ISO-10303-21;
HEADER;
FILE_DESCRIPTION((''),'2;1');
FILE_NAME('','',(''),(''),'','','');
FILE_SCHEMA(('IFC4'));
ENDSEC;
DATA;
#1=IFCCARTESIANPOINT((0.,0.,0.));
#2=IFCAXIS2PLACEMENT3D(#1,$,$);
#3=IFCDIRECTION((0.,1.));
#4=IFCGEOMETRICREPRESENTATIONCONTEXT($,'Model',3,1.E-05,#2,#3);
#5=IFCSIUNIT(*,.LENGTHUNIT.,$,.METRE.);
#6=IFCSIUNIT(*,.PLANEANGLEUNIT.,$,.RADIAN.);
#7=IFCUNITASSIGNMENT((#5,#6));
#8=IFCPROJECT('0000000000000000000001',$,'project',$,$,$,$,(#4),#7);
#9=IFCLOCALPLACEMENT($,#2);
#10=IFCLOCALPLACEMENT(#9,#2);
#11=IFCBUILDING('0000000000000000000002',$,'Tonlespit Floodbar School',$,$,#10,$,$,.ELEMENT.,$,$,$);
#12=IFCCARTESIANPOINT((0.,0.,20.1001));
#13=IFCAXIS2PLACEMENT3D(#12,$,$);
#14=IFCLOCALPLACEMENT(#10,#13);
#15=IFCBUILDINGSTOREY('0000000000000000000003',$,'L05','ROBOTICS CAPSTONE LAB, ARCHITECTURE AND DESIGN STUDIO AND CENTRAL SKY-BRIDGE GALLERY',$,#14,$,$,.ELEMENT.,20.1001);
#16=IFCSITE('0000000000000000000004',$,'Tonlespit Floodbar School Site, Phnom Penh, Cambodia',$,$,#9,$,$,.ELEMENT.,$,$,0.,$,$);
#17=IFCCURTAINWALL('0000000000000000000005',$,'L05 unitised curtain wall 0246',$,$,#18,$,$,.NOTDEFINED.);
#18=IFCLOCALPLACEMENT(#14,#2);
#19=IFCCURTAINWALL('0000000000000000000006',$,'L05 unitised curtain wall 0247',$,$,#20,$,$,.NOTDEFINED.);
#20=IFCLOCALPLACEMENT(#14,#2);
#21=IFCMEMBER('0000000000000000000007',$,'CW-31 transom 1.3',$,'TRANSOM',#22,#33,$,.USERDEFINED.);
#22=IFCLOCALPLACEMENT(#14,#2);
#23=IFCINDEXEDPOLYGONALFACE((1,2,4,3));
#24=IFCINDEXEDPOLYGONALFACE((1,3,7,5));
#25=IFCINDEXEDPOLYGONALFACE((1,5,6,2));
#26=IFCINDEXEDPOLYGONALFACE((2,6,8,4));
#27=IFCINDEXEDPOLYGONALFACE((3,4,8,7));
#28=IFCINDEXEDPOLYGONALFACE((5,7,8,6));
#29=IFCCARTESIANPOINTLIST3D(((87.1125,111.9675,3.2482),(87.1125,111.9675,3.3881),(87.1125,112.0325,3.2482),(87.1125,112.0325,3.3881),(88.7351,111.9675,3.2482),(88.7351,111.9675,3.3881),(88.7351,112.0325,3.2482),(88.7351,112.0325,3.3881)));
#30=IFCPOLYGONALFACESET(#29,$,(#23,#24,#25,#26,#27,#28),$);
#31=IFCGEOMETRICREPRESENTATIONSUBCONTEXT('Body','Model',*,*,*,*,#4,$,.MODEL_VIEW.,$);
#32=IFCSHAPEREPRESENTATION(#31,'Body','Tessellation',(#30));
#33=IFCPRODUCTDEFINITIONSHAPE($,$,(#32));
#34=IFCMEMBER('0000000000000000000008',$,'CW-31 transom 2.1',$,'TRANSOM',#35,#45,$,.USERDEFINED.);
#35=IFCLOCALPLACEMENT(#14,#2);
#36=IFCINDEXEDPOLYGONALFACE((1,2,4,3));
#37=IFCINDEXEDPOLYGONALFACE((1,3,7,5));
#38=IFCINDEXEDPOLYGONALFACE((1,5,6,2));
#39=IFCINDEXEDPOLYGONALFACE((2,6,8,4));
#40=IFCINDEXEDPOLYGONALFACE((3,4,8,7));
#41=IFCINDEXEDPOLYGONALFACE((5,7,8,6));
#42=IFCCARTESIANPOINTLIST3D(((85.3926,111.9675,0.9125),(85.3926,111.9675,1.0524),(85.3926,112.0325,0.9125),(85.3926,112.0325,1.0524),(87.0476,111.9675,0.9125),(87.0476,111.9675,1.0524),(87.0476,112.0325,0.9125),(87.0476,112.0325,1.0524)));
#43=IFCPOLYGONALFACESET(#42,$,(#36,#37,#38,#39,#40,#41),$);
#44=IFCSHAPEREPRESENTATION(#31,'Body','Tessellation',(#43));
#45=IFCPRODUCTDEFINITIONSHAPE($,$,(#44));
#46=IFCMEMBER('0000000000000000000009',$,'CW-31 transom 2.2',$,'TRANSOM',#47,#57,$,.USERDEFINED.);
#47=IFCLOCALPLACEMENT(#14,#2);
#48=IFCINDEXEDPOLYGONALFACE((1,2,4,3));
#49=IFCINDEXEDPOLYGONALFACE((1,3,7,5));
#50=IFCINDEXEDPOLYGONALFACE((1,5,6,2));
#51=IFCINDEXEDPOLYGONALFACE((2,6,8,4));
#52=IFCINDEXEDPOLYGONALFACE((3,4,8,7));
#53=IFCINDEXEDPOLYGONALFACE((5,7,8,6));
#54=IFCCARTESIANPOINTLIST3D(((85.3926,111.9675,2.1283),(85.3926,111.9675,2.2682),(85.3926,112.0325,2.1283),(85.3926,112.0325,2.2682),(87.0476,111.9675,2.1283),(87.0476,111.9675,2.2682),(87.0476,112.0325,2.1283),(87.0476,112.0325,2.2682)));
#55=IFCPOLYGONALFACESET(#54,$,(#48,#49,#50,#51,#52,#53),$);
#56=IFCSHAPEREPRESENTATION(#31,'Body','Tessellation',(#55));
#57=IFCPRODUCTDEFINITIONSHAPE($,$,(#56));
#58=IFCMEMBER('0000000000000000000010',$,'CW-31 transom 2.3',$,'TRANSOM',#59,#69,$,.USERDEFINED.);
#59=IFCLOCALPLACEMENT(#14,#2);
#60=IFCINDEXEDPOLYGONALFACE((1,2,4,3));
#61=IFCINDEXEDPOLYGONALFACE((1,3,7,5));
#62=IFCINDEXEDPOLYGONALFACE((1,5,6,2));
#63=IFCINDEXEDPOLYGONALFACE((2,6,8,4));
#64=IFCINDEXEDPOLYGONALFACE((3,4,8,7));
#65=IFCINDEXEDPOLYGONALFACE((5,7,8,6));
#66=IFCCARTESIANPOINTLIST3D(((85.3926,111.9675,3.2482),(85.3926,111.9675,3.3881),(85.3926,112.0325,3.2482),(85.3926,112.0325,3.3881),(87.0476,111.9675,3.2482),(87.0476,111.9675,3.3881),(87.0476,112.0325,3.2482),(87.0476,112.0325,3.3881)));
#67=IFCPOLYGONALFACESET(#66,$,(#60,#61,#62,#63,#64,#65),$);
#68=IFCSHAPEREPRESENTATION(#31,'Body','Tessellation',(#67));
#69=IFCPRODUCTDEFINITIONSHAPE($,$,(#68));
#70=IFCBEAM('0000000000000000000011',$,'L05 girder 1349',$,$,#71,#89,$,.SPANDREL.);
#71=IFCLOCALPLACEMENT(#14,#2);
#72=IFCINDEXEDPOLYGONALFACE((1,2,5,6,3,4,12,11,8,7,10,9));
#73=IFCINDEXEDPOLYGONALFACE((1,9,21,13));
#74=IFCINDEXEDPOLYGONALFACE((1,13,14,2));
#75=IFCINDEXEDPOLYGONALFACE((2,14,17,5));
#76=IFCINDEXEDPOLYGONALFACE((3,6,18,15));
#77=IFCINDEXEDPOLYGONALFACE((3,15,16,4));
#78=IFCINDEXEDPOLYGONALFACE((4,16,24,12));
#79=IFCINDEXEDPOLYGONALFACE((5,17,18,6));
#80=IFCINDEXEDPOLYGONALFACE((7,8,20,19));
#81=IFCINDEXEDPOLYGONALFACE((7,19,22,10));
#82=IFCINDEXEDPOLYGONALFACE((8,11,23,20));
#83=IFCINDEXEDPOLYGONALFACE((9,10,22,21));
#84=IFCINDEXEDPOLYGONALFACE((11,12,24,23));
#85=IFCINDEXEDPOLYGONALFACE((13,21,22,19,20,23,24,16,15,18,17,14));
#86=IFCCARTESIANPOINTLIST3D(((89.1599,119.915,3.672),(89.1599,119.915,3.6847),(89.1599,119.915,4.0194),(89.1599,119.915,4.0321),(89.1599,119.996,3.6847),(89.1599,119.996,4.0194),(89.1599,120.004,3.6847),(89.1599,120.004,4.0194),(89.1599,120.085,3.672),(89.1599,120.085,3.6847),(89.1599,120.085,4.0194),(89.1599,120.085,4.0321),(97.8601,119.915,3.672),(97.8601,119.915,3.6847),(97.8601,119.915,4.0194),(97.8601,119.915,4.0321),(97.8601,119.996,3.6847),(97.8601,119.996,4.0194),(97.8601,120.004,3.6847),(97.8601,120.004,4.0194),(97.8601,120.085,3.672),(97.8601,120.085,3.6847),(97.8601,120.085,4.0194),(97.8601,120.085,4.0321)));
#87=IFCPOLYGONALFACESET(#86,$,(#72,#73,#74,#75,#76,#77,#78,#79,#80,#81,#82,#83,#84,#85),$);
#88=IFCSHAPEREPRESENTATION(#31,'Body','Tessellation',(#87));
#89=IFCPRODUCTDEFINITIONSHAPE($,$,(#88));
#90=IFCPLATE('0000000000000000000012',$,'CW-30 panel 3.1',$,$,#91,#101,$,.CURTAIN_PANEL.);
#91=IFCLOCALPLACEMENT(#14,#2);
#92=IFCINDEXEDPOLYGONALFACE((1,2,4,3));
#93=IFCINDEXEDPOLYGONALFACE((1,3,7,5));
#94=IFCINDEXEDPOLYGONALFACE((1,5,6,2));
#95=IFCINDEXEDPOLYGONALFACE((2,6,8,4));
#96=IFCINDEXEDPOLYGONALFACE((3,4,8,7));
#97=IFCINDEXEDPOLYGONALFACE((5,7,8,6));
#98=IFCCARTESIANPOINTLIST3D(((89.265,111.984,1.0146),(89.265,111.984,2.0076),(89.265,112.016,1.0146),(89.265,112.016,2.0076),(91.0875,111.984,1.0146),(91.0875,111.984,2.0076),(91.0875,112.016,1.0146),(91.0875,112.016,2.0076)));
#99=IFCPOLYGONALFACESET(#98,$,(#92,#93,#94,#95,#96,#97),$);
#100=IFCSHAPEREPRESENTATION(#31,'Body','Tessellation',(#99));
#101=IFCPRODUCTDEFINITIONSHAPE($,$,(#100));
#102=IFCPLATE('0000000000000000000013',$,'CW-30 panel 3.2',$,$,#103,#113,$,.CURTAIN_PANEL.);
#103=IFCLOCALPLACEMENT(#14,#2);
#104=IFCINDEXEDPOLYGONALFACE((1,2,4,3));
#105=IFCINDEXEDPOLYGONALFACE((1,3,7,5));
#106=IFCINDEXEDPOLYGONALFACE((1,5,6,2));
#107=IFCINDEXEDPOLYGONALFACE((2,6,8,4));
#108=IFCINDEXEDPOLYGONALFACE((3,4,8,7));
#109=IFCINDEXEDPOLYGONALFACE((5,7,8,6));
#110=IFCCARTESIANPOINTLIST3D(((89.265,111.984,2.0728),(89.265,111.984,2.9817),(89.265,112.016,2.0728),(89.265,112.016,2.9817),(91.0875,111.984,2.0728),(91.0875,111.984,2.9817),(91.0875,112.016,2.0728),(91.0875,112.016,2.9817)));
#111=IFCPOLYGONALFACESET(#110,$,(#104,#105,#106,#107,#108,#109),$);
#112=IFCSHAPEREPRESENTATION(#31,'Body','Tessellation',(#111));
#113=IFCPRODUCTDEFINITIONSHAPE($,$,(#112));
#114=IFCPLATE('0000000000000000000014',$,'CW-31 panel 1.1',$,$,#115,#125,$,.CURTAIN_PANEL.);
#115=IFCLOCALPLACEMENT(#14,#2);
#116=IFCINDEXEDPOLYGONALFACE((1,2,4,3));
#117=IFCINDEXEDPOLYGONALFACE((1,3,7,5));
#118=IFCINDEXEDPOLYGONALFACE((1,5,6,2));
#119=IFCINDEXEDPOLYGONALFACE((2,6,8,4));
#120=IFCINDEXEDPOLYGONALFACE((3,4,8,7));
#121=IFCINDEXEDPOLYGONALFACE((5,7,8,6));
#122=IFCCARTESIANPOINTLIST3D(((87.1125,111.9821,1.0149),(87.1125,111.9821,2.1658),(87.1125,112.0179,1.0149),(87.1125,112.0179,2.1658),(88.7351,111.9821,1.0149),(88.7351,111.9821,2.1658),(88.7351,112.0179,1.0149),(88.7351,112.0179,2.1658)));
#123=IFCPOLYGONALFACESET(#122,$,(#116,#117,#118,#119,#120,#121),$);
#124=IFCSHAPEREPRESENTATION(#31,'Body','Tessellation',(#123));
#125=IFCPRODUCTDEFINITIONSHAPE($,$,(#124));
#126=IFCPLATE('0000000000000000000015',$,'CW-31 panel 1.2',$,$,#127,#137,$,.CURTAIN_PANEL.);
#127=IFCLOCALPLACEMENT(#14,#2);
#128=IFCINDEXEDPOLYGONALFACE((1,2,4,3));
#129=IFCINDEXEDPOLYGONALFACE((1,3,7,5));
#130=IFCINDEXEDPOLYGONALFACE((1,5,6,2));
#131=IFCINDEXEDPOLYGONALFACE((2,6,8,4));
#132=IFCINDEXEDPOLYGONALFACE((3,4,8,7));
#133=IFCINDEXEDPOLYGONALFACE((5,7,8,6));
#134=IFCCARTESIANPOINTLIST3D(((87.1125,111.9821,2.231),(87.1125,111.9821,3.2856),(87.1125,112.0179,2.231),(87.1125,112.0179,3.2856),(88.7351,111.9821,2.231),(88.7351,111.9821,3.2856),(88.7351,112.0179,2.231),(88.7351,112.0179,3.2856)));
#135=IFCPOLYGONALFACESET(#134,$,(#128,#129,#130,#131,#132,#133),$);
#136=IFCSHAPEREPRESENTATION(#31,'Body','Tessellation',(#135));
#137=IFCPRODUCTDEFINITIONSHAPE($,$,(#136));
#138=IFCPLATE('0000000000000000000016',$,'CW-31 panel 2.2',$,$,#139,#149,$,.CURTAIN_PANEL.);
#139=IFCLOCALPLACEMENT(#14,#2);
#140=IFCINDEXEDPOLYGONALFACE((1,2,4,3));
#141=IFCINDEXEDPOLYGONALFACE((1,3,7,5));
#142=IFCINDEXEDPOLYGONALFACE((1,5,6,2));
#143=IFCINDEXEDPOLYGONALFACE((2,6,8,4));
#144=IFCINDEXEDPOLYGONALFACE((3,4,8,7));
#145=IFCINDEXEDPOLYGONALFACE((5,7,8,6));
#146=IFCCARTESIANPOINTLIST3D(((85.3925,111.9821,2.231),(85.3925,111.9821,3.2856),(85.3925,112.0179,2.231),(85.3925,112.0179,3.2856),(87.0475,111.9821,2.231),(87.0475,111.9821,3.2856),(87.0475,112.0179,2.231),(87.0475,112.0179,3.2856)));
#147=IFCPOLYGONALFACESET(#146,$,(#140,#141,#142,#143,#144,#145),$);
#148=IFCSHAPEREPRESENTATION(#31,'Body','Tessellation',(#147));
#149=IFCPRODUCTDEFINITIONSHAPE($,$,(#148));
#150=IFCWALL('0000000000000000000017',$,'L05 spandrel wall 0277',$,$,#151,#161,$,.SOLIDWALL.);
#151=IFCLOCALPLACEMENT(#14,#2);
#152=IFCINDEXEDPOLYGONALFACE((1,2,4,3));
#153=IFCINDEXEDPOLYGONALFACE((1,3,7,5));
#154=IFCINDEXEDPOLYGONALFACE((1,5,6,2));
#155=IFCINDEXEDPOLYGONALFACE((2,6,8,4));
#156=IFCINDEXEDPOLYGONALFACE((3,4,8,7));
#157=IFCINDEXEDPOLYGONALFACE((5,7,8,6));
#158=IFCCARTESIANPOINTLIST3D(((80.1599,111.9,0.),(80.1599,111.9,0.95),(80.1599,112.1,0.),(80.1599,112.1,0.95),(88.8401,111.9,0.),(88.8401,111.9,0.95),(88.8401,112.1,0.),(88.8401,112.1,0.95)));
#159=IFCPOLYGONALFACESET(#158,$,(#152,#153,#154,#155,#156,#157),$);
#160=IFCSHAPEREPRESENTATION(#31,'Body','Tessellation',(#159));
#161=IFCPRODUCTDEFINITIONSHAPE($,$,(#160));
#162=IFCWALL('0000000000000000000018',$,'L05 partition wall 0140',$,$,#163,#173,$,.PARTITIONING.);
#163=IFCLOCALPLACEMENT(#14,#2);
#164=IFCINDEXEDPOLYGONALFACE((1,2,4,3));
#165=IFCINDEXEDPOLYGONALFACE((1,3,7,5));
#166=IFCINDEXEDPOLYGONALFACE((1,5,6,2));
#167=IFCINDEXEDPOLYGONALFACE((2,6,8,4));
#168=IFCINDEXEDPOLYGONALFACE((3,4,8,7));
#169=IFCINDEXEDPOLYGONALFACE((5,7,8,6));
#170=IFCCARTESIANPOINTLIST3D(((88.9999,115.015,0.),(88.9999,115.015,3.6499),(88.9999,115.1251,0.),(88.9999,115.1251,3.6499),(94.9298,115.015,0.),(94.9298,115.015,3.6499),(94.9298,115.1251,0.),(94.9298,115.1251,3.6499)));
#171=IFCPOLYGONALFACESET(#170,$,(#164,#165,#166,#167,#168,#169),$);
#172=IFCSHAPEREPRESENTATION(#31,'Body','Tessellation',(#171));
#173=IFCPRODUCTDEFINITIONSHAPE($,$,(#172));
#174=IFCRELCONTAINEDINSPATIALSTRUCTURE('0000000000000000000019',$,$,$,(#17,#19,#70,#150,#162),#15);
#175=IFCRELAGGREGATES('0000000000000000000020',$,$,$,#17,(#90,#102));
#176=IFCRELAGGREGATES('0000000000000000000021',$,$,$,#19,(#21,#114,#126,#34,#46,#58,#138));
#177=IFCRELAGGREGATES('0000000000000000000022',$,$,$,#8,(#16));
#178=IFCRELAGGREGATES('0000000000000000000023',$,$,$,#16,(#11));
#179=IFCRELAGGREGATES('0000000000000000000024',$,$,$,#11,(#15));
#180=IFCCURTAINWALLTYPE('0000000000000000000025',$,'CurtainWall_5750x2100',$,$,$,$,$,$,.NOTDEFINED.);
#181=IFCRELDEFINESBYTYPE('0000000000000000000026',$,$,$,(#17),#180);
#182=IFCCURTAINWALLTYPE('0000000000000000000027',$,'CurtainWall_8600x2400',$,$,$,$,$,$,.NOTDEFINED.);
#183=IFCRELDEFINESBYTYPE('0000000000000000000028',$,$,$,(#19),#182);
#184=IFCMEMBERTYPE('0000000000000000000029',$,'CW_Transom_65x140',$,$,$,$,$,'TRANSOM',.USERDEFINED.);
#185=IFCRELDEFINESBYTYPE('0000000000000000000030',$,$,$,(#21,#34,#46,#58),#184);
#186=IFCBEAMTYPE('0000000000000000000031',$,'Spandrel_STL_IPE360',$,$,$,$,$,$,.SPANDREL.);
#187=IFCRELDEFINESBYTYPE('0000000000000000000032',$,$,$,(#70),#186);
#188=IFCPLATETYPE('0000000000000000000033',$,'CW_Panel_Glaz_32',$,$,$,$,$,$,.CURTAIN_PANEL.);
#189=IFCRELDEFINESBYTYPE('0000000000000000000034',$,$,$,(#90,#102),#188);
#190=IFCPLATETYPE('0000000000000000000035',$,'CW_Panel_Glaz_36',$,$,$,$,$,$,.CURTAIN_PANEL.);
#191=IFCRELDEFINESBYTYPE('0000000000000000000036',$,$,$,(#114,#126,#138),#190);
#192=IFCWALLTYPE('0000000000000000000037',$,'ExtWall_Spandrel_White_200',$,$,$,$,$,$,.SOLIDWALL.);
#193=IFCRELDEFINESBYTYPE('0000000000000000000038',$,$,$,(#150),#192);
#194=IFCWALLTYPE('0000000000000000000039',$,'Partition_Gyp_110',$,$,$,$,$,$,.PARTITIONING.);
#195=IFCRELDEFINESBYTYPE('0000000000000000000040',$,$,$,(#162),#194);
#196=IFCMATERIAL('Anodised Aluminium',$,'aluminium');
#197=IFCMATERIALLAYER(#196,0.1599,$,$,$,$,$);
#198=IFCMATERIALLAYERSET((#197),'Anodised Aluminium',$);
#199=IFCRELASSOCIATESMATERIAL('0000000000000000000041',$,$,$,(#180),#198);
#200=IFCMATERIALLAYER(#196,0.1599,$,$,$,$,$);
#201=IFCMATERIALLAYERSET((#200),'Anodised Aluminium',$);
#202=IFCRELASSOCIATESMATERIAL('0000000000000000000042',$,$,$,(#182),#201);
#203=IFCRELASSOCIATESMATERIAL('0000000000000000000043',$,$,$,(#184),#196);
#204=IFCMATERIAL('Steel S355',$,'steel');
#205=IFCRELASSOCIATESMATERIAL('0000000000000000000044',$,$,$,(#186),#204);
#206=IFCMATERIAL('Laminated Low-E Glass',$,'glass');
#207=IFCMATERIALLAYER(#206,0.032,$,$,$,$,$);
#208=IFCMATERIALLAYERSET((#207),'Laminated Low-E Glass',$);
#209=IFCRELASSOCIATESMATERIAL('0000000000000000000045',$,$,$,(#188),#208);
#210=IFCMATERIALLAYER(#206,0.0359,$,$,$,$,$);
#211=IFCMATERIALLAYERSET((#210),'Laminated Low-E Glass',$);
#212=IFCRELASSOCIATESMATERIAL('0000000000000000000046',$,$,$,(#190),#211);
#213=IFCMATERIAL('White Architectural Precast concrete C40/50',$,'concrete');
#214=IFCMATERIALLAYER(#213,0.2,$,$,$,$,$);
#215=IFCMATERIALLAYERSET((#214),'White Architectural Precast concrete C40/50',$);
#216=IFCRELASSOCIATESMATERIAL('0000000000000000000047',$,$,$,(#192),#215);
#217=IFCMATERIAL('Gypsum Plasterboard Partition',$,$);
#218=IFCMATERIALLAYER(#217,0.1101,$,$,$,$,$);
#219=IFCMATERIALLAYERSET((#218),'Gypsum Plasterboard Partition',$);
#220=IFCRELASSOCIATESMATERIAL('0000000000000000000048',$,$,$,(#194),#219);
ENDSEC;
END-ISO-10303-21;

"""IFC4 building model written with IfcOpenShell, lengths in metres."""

from ifc_helpers import new_model, si_unit, direction, frame, frame_2d, origin, origin_2d, place, context, subcontext, project, spatial, rectangle, i_section, extrude, material, layer, layer_set, material_profile, profile_set, type_object, element, aggregate, save


model = new_model("IFC4")

# Units and contexts
model_context = context("Model", 3, precision=1e-05, world=origin(), true_north=direction((0.0, 1.0)))
body_context = subcontext(model_context, "Body", "Model", "MODEL_VIEW")
ifc_project = project(units=[si_unit("LENGTHUNIT", "METRE"), si_unit("PLANEANGLEUNIT", "RADIAN")], contexts=[model_context])

# Site, building, storey
site_placement = place(None, origin())
site = spatial("IfcSite", under=ifc_project, at=site_placement, Name="Tonlespit Floodbar School Site, Phnom Penh, Cambodia", CompositionType="ELEMENT", RefElevation=0.0)
building_placement = place(site_placement, origin())
building = spatial("IfcBuilding", under=site, at=building_placement, Name="Tonlespit Floodbar School", CompositionType="ELEMENT")
storey_placement = place(building_placement, frame((0.0, 0.0, 20.1001)))
storey = spatial("IfcBuildingStorey", under=building, at=storey_placement, Name="L05", Description="ROBOTICS CAPSTONE LAB, ARCHITECTURE AND DESIGN STUDIO AND CENTRAL SKY-BRIDGE GALLERY", CompositionType="ELEMENT", Elevation=20.1001)

# Curtain walls
ifc_material_1 = material(Name="Anodised Aluminium", Category="aluminium")
ifc_layer_1 = layer(ifc_material_1, 0.1599)
ifc_layer_set_1 = layer_set([ifc_layer_1], Name="Anodised Aluminium")
curtain_wall_type_1 = type_object("IfcCurtainWallType", Name="CurtainWall_5750x2100", PredefinedType="NOTDEFINED", material=ifc_layer_set_1)
curtain_wall_1_placement = place(storey_placement, origin())
curtain_wall_1 = element("IfcCurtainWall", 1, at=curtain_wall_1_placement, inside=storey, type_object=curtain_wall_type_1, Name="L05 unitised curtain wall 0246", PredefinedType="NOTDEFINED")
ifc_layer_2 = layer(ifc_material_1, 0.1599)
ifc_layer_set_2 = layer_set([ifc_layer_2], Name="Anodised Aluminium")
curtain_wall_type_2 = type_object("IfcCurtainWallType", Name="CurtainWall_8600x2400", PredefinedType="NOTDEFINED", material=ifc_layer_set_2)
curtain_wall_2_placement = place(storey_placement, origin())
curtain_wall_2 = element("IfcCurtainWall", 2, at=curtain_wall_2_placement, inside=storey, type_object=curtain_wall_type_2, Name="L05 unitised curtain wall 0247", PredefinedType="NOTDEFINED")

# Members
ifc_material_profile_1 = material_profile(ifc_material_1, rectangle(XDim=0.0649, YDim=0.1399, at=origin_2d()), Name="ALU T65x140")
ifc_profile_set_1 = profile_set([ifc_material_profile_1], Name="Anodised Aluminium")
member_type_1 = type_object("IfcMemberType", Name="CW_Transom_65x140", ElementType="TRANSOM", PredefinedType="USERDEFINED", material=ifc_profile_set_1)
member_1_placement = place(storey_placement, frame((88.7351, 112.0, 3.3181), z_axis=(-1.0, 0.0, 0.0), x_axis=(0.0, -1.0, 0.0)))
member_1 = element("IfcMember", 3, at=member_1_placement, type_object=member_type_1, Name="CW-31 transom 1.3", ObjectType="TRANSOM", PredefinedType="USERDEFINED", context=body_context, shape_type="SweptSolid", body=[
    extrude(rectangle(XDim=0.0649, YDim=0.1399, at=origin_2d()), origin(), (0.0, 0.0, 1.0), 1.6226),
])
member_2_placement = place(storey_placement, frame((87.0476, 112.0, 0.9824), z_axis=(-1.0, 0.0, 0.0), x_axis=(0.0, -1.0, 0.0)))
member_2 = element("IfcMember", 4, at=member_2_placement, type_object=member_type_1, Name="CW-31 transom 2.1", ObjectType="TRANSOM", PredefinedType="USERDEFINED", context=body_context, shape_type="SweptSolid", body=[
    extrude(rectangle(XDim=0.0649, YDim=0.1399, at=origin_2d()), origin(), (0.0, 0.0, 1.0), 1.655),
])
member_3_placement = place(storey_placement, frame((87.0476, 112.0, 2.1982), z_axis=(-1.0, 0.0, 0.0), x_axis=(0.0, -1.0, 0.0)))
member_3 = element("IfcMember", 5, at=member_3_placement, type_object=member_type_1, Name="CW-31 transom 2.2", ObjectType="TRANSOM", PredefinedType="USERDEFINED", context=body_context, shape_type="SweptSolid", body=[
    extrude(rectangle(XDim=0.0649, YDim=0.1399, at=origin_2d()), origin(), (0.0, 0.0, 1.0), 1.655),
])
member_4_placement = place(storey_placement, frame((87.0476, 112.0, 3.3181), z_axis=(-1.0, 0.0, 0.0), x_axis=(0.0, -1.0, 0.0)))
member_4 = element("IfcMember", 6, at=member_4_placement, type_object=member_type_1, Name="CW-31 transom 2.3", ObjectType="TRANSOM", PredefinedType="USERDEFINED", context=body_context, shape_type="SweptSolid", body=[
    extrude(rectangle(XDim=0.0649, YDim=0.1399, at=origin_2d()), origin(), (0.0, 0.0, 1.0), 1.655),
])

# Beam
ifc_material_2 = material(Name="Steel S355", Category="steel")
ifc_material_profile_2 = material_profile(ifc_material_2, i_section(OverallWidth=0.1699, OverallDepth=0.3601, WebThickness=0.0081, FlangeThickness=0.0127, at=origin_2d()), Name="IPE 360")
ifc_profile_set_2 = profile_set([ifc_material_profile_2], Name="Steel S355")
beam_type_1 = type_object("IfcBeamType", Name="Spandrel_STL_IPE360", PredefinedType="SPANDREL", material=ifc_profile_set_2)
beam_1_placement = place(storey_placement, frame((89.1599, 120.0, 3.8521), z_axis=(1.0, 0.0, 0.0), x_axis=(0.0, 1.0, 0.0)))
element("IfcBeam", 7, at=beam_1_placement, inside=storey, type_object=beam_type_1, Name="L05 girder 1349", PredefinedType="SPANDREL", context=body_context, shape_type="SweptSolid", body=[
    extrude(i_section(OverallWidth=0.1699, OverallDepth=0.3601, WebThickness=0.0081, FlangeThickness=0.0127, at=origin_2d()), origin(), (0.0, 0.0, 1.0), 8.7002),
])

# Plates
ifc_material_3 = material(Name="Laminated Low-E Glass", Category="glass")
ifc_layer_3 = layer(ifc_material_3, 0.032)
ifc_layer_set_3 = layer_set([ifc_layer_3], Name="Laminated Low-E Glass")
plate_type_1 = type_object("IfcPlateType", Name="CW_Panel_Glaz_32", PredefinedType="CURTAIN_PANEL", material=ifc_layer_set_3)
plate_1_placement = place(storey_placement, frame((90.1763, 112.0, 1.0146), z_axis=(0.0, 0.0, 1.0), x_axis=(-1.0, 0.0, 0.0)))
plate_1 = element("IfcPlate", 8, at=plate_1_placement, type_object=plate_type_1, Name="CW-30 panel 3.1", PredefinedType="CURTAIN_PANEL", context=body_context, shape_type="SweptSolid", body=[
    extrude(rectangle(XDim=1.8225, YDim=0.032, at=origin_2d()), origin(), (0.0, 0.0, 1.0), 0.9929),
])
plate_2_placement = place(storey_placement, frame((90.1763, 112.0, 2.0728), z_axis=(0.0, 0.0, 1.0), x_axis=(-1.0, 0.0, 0.0)))
plate_2 = element("IfcPlate", 9, at=plate_2_placement, type_object=plate_type_1, Name="CW-30 panel 3.2", PredefinedType="CURTAIN_PANEL", context=body_context, shape_type="SweptSolid", body=[
    extrude(rectangle(XDim=1.8225, YDim=0.032, at=origin_2d()), origin(), (0.0, 0.0, 1.0), 0.9089),
])
aggregate(curtain_wall_1, [plate_1, plate_2])
ifc_layer_4 = layer(ifc_material_3, 0.0359)
ifc_layer_set_4 = layer_set([ifc_layer_4], Name="Laminated Low-E Glass")
plate_type_2 = type_object("IfcPlateType", Name="CW_Panel_Glaz_36", PredefinedType="CURTAIN_PANEL", material=ifc_layer_set_4)
plate_3_placement = place(storey_placement, frame((87.9238, 112.0, 1.0149), z_axis=(0.0, 0.0, 1.0), x_axis=(-1.0, 0.0, 0.0)))
plate_3 = element("IfcPlate", 10, at=plate_3_placement, type_object=plate_type_2, Name="CW-31 panel 1.1", PredefinedType="CURTAIN_PANEL", context=body_context, shape_type="SweptSolid", body=[
    extrude(rectangle(XDim=1.6226, YDim=0.0359, at=origin_2d()), origin(), (0.0, 0.0, 1.0), 1.1509),
])
plate_4_placement = place(storey_placement, frame((87.9238, 112.0, 2.231), z_axis=(0.0, 0.0, 1.0), x_axis=(-1.0, 0.0, 0.0)))
plate_4 = element("IfcPlate", 11, at=plate_4_placement, type_object=plate_type_2, Name="CW-31 panel 1.2", PredefinedType="CURTAIN_PANEL", context=body_context, shape_type="SweptSolid", body=[
    extrude(rectangle(XDim=1.6226, YDim=0.0359, at=origin_2d()), origin(), (0.0, 0.0, 1.0), 1.0547),
])
plate_5_placement = place(storey_placement, frame((86.22, 112.0, 2.231), z_axis=(0.0, 0.0, 1.0), x_axis=(-1.0, 0.0, 0.0)))
plate_5 = element("IfcPlate", 12, at=plate_5_placement, type_object=plate_type_2, Name="CW-31 panel 2.2", PredefinedType="CURTAIN_PANEL", context=body_context, shape_type="SweptSolid", body=[
    extrude(rectangle(XDim=1.655, YDim=0.0359, at=origin_2d()), origin(), (0.0, 0.0, 1.0), 1.0547),
])
aggregate(curtain_wall_2, [member_1, plate_3, plate_4, member_2, member_3, member_4, plate_5])

# Walls
ifc_material_4 = material(Name="White Architectural Precast concrete C40/50", Category="concrete")
ifc_layer_5 = layer(ifc_material_4, 0.2)
ifc_layer_set_5 = layer_set([ifc_layer_5], Name="White Architectural Precast concrete C40/50")
wall_type_1 = type_object("IfcWallType", Name="ExtWall_Spandrel_White_200", PredefinedType="SOLIDWALL", material=ifc_layer_set_5)
wall_1_placement = place(storey_placement, frame((88.8401, 112.0, 0.0), z_axis=(0.0, 0.0, 1.0), x_axis=(-1.0, 0.0, 0.0)))
element("IfcWall", 13, at=wall_1_placement, inside=storey, type_object=wall_type_1, Name="L05 spandrel wall 0277", PredefinedType="SOLIDWALL", context=body_context, shape_type="SweptSolid", body=[
    extrude(rectangle(XDim=8.6802, YDim=0.2, at=frame_2d((4.3401, 0.0))), origin(), (0.0, 0.0, 1.0), 0.95),
])
ifc_material_5 = material(Name="Gypsum Plasterboard Partition")
ifc_layer_6 = layer(ifc_material_5, 0.1101)
ifc_layer_set_6 = layer_set([ifc_layer_6], Name="Gypsum Plasterboard Partition")
wall_type_2 = type_object("IfcWallType", Name="Partition_Gyp_110", PredefinedType="PARTITIONING", material=ifc_layer_set_6)
wall_2_placement = place(storey_placement, frame((89.0, 115.0701, 0.0), z_axis=(0.0, 0.0, 1.0), x_axis=(1.0, 0.0, 0.0)))
element("IfcWall", 14, at=wall_2_placement, inside=storey, type_object=wall_type_2, Name="L05 partition wall 0140", PredefinedType="PARTITIONING", context=body_context, shape_type="SweptSolid", body=[
    extrude(rectangle(XDim=5.9299, YDim=0.1101, at=frame_2d((2.9648, 0.0))), origin(), (0.0, 0.0, 1.0), 3.6499),
])

save(model, "model.ifc")
